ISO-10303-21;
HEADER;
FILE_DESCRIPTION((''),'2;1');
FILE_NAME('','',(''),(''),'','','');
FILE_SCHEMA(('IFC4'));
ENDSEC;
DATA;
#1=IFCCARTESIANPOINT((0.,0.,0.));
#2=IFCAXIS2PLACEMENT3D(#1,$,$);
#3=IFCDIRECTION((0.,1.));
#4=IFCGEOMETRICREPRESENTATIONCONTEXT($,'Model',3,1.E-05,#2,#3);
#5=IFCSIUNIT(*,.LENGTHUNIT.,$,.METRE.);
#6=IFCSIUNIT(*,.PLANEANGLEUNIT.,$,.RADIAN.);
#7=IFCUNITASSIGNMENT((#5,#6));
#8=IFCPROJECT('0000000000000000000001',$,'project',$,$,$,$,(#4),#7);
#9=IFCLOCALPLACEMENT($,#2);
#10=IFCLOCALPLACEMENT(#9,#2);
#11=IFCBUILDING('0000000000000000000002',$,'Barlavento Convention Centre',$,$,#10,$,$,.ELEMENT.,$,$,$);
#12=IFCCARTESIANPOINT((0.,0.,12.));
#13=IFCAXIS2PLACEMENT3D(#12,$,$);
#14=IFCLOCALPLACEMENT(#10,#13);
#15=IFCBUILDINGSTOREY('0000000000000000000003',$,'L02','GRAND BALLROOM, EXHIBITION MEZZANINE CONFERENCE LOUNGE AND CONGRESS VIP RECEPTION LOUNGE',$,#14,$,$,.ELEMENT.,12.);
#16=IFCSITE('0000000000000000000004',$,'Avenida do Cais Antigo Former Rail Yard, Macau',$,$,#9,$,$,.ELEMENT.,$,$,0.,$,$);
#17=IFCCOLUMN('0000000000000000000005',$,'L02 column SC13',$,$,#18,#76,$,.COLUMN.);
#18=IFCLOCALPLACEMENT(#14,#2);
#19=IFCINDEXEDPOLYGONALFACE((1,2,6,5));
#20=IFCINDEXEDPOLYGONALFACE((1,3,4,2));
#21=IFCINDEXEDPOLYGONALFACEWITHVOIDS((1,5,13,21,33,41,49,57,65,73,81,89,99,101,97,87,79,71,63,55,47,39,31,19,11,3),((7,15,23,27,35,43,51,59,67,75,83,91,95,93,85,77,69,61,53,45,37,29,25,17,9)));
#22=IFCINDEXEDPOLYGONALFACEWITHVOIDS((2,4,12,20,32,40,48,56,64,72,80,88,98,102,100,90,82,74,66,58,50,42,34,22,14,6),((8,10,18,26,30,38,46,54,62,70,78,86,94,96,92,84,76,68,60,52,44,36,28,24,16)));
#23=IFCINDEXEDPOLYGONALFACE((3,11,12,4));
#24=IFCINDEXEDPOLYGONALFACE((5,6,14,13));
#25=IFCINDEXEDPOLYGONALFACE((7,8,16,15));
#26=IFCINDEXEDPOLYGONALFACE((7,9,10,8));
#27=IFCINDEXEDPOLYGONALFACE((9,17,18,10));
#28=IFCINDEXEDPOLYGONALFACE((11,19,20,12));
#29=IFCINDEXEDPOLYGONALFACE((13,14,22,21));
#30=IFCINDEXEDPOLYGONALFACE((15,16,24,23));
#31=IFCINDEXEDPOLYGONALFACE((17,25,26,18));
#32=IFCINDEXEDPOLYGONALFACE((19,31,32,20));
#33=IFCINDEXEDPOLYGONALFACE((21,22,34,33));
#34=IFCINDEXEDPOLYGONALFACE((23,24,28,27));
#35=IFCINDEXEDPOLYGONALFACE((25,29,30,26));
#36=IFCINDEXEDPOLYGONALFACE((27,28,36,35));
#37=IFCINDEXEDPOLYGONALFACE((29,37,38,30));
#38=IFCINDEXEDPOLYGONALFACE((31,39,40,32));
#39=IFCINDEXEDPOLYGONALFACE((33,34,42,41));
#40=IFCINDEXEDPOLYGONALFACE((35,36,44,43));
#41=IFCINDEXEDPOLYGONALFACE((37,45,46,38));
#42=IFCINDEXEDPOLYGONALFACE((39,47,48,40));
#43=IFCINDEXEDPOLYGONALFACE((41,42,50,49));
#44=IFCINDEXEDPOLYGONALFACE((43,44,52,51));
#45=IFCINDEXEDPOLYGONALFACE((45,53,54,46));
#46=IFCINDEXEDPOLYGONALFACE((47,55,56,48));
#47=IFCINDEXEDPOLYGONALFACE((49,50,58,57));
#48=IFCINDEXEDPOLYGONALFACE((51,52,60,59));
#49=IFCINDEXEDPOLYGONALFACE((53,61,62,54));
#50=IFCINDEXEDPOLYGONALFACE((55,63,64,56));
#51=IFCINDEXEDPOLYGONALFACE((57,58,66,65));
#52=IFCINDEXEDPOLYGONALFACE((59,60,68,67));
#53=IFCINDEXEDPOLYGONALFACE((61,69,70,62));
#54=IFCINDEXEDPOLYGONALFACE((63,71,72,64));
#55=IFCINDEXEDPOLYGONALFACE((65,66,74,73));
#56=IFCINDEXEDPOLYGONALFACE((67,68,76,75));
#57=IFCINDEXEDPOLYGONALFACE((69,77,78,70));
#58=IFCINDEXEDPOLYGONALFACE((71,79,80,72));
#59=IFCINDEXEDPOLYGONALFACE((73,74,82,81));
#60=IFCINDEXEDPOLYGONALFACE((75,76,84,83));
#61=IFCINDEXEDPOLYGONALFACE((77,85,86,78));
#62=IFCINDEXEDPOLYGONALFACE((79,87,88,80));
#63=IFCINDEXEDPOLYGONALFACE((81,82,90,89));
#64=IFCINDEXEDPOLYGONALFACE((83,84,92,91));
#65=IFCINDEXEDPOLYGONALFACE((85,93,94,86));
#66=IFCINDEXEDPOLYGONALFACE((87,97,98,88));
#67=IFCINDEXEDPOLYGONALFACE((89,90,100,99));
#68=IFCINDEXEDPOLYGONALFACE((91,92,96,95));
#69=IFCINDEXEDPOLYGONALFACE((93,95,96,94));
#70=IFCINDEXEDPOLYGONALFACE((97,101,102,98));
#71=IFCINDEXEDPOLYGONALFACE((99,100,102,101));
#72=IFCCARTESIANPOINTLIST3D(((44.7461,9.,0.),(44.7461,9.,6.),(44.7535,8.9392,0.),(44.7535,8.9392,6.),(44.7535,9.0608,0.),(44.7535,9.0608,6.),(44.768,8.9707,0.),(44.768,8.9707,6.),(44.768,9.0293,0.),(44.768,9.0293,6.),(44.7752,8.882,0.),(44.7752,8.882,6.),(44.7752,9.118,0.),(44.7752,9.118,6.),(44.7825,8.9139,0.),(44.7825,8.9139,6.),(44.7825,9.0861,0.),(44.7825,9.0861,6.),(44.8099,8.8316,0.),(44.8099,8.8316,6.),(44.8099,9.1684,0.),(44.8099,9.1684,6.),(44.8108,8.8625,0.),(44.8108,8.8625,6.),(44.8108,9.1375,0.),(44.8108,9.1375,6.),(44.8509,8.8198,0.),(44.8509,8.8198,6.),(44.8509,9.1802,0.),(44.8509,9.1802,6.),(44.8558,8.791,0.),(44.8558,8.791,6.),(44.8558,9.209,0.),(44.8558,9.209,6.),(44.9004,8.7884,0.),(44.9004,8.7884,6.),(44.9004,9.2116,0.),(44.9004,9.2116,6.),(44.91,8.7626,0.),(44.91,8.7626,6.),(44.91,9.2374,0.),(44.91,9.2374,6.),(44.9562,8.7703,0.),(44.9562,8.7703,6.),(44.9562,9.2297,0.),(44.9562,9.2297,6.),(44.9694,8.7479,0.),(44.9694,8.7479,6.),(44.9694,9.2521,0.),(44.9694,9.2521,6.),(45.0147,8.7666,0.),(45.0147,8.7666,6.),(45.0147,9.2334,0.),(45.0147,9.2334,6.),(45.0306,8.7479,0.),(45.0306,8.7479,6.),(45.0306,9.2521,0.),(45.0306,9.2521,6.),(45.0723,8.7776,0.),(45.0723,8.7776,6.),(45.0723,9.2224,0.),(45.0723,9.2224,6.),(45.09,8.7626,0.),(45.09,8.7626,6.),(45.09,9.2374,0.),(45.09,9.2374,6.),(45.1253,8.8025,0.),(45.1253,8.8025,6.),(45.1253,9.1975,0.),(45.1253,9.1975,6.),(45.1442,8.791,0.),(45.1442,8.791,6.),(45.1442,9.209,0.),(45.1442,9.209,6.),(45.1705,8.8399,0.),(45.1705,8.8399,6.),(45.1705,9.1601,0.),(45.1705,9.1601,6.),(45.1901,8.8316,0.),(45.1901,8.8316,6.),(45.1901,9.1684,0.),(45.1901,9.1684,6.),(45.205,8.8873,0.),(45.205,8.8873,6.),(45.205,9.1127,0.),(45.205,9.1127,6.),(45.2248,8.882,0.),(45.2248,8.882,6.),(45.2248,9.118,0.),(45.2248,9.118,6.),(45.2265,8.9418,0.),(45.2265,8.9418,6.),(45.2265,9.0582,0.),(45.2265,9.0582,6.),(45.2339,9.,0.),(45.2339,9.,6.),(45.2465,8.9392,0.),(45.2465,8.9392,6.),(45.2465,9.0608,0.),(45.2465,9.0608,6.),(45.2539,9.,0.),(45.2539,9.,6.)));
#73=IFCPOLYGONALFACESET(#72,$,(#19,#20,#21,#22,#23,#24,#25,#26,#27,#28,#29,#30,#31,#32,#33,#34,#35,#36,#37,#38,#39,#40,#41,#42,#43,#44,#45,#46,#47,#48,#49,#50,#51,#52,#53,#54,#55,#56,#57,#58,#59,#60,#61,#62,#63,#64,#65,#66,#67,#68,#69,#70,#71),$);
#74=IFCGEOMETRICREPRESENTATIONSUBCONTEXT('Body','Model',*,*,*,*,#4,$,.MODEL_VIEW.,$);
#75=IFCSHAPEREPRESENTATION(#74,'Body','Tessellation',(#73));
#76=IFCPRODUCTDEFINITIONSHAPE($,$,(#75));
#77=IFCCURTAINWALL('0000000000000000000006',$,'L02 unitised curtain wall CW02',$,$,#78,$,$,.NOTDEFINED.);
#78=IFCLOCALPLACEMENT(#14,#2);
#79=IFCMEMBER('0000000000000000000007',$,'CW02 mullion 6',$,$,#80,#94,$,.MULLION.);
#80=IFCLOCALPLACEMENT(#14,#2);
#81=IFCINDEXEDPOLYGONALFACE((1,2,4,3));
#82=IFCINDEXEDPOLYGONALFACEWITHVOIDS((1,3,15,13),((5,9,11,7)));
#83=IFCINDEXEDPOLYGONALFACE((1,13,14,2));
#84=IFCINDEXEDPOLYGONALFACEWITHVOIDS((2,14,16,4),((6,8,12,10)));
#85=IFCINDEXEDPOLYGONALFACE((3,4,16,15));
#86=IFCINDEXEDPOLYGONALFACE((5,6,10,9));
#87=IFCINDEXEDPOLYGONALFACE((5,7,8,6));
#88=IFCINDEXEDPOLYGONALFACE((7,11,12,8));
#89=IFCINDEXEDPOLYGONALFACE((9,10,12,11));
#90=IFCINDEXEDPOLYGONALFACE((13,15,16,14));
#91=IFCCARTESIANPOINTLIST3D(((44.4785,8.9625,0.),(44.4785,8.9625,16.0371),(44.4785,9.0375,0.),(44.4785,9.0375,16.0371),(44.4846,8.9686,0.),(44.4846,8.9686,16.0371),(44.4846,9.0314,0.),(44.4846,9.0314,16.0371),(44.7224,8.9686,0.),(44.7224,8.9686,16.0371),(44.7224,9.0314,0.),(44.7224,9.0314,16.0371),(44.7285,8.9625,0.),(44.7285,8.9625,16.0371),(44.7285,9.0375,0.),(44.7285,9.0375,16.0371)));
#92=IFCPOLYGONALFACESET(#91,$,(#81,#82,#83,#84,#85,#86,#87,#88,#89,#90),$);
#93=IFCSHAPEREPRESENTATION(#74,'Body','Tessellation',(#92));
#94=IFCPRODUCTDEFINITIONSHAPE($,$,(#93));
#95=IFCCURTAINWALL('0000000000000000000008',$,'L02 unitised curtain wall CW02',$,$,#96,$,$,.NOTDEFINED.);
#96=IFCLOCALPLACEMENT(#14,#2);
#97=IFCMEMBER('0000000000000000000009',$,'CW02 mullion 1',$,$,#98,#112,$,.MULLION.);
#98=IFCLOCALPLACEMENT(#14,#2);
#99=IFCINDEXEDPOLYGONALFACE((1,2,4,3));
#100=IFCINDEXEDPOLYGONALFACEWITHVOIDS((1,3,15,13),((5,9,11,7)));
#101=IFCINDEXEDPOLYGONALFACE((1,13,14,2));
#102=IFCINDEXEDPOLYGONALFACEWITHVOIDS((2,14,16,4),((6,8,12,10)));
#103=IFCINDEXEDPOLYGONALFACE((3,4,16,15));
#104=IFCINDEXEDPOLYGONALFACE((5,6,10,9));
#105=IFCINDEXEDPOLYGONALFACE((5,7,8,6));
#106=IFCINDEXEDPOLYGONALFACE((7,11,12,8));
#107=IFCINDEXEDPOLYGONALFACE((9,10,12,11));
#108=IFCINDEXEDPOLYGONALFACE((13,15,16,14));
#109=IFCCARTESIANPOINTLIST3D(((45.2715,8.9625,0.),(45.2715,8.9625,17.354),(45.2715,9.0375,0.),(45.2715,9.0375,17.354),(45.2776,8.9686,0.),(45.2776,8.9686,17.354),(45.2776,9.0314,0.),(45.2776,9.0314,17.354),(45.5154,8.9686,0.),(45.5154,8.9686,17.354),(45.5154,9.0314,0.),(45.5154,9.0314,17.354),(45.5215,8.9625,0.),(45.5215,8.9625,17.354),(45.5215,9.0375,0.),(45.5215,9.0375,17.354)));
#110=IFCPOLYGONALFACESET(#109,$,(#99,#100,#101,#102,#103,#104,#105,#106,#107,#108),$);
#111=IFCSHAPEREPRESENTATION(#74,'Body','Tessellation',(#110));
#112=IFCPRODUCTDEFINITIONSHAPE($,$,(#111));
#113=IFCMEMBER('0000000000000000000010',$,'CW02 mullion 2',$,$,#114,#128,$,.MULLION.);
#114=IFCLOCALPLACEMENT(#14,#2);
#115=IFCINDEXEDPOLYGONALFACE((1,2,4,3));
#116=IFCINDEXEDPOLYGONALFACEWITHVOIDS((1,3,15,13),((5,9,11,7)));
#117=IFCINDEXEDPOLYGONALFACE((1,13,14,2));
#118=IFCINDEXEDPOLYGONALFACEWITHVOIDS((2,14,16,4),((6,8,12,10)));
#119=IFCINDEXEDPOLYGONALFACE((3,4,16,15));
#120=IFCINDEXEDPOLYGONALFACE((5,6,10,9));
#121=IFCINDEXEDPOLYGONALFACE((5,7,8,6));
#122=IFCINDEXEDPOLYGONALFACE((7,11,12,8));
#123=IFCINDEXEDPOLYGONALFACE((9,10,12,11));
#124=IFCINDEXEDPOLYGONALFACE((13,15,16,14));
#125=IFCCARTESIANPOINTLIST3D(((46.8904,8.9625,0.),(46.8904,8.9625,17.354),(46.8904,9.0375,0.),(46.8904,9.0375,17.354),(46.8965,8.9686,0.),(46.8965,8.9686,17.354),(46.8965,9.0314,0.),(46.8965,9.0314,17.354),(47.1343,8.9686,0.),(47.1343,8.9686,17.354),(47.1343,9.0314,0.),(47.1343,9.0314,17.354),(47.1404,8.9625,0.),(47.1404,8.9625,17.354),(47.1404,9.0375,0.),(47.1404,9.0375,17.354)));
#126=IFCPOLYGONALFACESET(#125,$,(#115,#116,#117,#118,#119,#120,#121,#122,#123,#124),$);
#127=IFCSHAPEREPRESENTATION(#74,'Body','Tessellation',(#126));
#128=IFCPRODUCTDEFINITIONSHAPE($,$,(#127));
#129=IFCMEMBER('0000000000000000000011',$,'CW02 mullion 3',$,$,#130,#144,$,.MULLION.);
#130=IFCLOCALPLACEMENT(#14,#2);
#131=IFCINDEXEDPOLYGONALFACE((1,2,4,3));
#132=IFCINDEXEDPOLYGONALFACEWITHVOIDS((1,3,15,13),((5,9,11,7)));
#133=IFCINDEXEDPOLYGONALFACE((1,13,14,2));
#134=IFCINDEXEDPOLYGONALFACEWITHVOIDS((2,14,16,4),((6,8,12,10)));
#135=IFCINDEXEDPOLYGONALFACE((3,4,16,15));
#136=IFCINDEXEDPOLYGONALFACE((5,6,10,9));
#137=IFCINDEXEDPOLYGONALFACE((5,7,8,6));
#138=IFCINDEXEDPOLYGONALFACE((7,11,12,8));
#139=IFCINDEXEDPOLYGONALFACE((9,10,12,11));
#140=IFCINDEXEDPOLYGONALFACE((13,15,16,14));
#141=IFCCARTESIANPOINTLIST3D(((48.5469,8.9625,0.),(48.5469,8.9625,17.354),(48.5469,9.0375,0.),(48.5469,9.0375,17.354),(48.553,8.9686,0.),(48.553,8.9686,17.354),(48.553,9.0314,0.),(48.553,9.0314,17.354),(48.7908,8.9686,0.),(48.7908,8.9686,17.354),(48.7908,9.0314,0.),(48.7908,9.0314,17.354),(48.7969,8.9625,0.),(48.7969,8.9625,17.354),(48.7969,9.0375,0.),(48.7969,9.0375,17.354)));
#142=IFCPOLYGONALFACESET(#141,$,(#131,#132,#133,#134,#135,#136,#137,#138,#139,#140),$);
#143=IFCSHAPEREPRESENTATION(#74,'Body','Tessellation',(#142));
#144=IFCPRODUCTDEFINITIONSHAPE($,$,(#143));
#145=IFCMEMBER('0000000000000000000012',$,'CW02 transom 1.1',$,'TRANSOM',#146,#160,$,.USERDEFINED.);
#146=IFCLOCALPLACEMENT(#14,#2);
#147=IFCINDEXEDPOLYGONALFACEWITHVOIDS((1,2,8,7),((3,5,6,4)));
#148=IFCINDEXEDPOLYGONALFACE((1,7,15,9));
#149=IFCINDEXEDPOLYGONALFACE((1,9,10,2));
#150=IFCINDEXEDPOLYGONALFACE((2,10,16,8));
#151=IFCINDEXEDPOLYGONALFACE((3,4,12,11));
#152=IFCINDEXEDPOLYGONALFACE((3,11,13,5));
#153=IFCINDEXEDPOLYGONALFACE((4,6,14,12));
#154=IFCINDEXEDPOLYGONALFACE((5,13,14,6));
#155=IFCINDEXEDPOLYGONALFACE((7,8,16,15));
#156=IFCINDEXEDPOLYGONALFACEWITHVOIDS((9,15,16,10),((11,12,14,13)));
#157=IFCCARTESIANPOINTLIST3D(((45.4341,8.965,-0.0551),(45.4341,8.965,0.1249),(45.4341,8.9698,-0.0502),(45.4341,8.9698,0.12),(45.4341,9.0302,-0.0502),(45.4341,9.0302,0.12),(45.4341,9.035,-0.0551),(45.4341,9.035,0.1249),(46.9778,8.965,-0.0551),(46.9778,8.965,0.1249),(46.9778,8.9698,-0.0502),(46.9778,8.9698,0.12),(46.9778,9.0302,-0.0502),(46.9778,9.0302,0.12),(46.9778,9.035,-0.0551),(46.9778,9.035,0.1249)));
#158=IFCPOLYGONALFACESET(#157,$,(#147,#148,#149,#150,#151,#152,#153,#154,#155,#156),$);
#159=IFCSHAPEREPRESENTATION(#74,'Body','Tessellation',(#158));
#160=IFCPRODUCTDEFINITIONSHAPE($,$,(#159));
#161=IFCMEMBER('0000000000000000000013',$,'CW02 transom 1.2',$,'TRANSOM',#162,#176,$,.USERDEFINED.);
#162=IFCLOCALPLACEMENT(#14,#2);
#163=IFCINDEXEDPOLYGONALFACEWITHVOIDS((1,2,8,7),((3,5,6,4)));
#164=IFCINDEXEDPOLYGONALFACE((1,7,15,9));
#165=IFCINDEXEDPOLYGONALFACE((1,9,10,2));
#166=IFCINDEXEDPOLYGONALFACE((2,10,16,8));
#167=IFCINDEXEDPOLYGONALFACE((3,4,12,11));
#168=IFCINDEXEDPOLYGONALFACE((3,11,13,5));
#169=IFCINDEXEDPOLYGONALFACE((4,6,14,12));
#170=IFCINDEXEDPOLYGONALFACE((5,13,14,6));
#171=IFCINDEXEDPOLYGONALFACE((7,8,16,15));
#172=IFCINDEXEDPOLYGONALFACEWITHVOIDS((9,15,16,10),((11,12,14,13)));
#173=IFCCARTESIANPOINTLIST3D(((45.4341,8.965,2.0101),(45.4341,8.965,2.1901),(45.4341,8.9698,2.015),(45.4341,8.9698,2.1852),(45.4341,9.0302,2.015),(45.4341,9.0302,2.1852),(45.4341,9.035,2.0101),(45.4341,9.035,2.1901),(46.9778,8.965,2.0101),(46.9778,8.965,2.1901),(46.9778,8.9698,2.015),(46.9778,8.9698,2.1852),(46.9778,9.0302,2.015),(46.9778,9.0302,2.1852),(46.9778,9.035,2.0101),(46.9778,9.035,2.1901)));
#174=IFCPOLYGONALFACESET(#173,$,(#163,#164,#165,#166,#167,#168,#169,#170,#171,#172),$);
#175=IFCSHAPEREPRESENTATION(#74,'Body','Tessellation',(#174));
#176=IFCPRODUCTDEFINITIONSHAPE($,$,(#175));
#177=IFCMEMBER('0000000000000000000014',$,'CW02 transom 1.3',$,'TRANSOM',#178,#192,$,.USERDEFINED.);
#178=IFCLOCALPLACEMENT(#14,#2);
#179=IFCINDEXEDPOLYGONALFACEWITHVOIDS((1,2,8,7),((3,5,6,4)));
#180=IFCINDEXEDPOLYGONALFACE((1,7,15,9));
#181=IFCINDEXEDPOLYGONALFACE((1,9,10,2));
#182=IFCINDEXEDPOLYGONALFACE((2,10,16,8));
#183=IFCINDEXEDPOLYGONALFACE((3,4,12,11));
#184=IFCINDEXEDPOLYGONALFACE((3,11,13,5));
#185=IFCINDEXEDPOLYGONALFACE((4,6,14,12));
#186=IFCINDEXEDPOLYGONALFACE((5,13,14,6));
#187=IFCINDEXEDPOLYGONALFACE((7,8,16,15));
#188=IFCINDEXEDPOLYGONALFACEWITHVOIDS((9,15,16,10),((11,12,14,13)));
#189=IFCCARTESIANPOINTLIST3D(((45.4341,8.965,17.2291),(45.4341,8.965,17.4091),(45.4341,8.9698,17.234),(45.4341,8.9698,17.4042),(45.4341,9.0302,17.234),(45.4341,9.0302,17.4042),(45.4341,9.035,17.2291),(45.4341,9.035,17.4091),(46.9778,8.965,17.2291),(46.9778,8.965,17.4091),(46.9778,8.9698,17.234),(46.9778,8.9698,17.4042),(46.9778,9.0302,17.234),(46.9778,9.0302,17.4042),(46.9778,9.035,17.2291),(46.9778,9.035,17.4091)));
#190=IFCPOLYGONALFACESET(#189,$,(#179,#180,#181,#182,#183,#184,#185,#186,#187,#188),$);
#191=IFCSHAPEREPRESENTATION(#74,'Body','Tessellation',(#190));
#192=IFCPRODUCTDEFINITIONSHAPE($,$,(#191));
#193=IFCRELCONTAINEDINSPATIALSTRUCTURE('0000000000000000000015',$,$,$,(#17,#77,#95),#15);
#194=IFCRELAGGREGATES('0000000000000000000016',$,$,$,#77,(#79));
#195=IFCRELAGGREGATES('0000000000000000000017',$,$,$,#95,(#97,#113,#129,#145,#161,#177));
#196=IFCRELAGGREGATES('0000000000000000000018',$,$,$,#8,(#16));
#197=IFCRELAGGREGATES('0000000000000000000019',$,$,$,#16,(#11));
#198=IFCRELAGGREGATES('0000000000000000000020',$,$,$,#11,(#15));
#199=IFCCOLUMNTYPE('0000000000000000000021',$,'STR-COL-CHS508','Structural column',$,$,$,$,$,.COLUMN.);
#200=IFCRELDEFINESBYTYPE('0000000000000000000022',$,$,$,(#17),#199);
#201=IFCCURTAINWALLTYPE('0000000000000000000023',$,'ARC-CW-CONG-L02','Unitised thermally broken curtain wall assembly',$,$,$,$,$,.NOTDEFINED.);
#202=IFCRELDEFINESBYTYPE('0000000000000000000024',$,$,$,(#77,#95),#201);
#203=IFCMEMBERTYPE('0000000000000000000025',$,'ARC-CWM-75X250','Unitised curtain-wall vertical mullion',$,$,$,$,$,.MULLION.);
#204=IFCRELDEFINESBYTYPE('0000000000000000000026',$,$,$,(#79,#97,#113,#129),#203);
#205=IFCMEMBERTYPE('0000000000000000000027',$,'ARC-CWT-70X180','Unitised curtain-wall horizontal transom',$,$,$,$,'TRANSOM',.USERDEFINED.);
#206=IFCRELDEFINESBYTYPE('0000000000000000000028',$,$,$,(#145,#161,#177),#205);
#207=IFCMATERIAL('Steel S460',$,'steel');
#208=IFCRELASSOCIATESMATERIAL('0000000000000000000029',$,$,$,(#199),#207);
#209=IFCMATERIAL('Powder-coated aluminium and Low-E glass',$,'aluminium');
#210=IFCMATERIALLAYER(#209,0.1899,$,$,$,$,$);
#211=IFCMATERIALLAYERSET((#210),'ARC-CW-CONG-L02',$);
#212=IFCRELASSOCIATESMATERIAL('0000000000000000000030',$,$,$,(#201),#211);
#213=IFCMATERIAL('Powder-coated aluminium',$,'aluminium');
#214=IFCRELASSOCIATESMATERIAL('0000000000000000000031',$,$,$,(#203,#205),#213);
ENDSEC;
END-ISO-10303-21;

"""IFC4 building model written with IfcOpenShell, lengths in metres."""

from ifc_helpers import new_model, si_unit, direction, frame, origin, origin_2d, place, context, subcontext, project, spatial, hollow_rectangle, hollow_circle, extrude, material, layer, layer_set, material_profile, profile_set, type_object, element, aggregate, save


model = new_model("IFC4")

# Units and contexts
model_context = context("Model", 3, precision=1e-05, world=origin(), true_north=direction((0.0, 1.0)))
body_context = subcontext(model_context, "Body", "Model", "MODEL_VIEW")
ifc_project = project(units=[si_unit("LENGTHUNIT", "METRE"), si_unit("PLANEANGLEUNIT", "RADIAN")], contexts=[model_context])

# Site, building, storey
site_placement = place(None, origin())
site = spatial("IfcSite", under=ifc_project, at=site_placement, Name="Avenida do Cais Antigo Former Rail Yard, Macau", CompositionType="ELEMENT", RefElevation=0.0)
building_placement = place(site_placement, origin())
building = spatial("IfcBuilding", under=site, at=building_placement, Name="Barlavento Convention Centre", CompositionType="ELEMENT")
storey_placement = place(building_placement, frame((0.0, 0.0, 12.0)))
storey = spatial("IfcBuildingStorey", under=building, at=storey_placement, Name="L02", Description="GRAND BALLROOM, EXHIBITION MEZZANINE CONFERENCE LOUNGE AND CONGRESS VIP RECEPTION LOUNGE", CompositionType="ELEMENT", Elevation=12.0)

# Column
ifc_material_1 = material(Name="Steel S460", Category="steel")
ifc_material_profile_1 = material_profile(ifc_material_1, hollow_circle(Radius=0.2539, WallThickness=0.02, at=origin_2d()), Name="CHS 508.0x20.0")
ifc_profile_set_1 = profile_set([ifc_material_profile_1], Name="Steel S460")
column_type = type_object("IfcColumnType", Name="STR-COL-CHS508", Description="Structural column", PredefinedType="COLUMN", material=ifc_profile_set_1)
column_placement = place(storey_placement, frame((45.0, 9.0, 0.0), z_axis=(0.0, 0.0, 1.0), x_axis=(1.0, 0.0, 0.0)))
element("IfcColumn", 1, at=column_placement, inside=storey, type_object=column_type, Name="L02 column SC13", PredefinedType="COLUMN", context=body_context, shape_type="SweptSolid", body=[
    extrude(hollow_circle(Radius=0.2539, WallThickness=0.02, at=origin_2d()), origin(), (0.0, 0.0, 1.0), 6.0),
])

# Curtain wall, member
ifc_material_2 = material(Name="Powder-coated aluminium and Low-E glass", Category="aluminium")
ifc_layer_1 = layer(ifc_material_2, 0.1899)
ifc_layer_set_1 = layer_set([ifc_layer_1], Name="ARC-CW-CONG-L02")
curtain_wall_type = type_object("IfcCurtainWallType", Name="ARC-CW-CONG-L02", Description="Unitised thermally broken curtain wall assembly", PredefinedType="NOTDEFINED", material=ifc_layer_set_1)
curtain_wall_1_placement = place(storey_placement, origin())
curtain_wall_1 = element("IfcCurtainWall", 2, at=curtain_wall_1_placement, inside=storey, type_object=curtain_wall_type, Name="L02 unitised curtain wall CW02", PredefinedType="NOTDEFINED")
ifc_material_3 = material(Name="Powder-coated aluminium", Category="aluminium")
ifc_material_profile_2 = material_profile(ifc_material_3, hollow_rectangle(XDim=0.075, YDim=0.25, WallThickness=0.0061, at=origin_2d()), Name="AL-MULL 75x250x6")
ifc_profile_set_2 = profile_set([ifc_material_profile_2], Name="Powder-coated aluminium")
member_type_1 = type_object("IfcMemberType", Name="ARC-CWM-75X250", Description="Unitised curtain-wall vertical mullion", PredefinedType="MULLION", material=ifc_profile_set_2)
member_1_placement = place(storey_placement, frame((44.6035, 9.0, 0.0), z_axis=(0.0, 0.0, 1.0), x_axis=(0.0, 1.0, 0.0)))
member_1 = element("IfcMember", 3, at=member_1_placement, type_object=member_type_1, Name="CW02 mullion 6", PredefinedType="MULLION", context=body_context, shape_type="SweptSolid", body=[
    extrude(hollow_rectangle(XDim=0.075, YDim=0.25, WallThickness=0.0061, at=origin_2d()), origin(), (0.0, 0.0, 1.0), 16.0371),
])

# Curtain wall, members
curtain_wall_2_placement = place(storey_placement, origin())
curtain_wall_2 = element("IfcCurtainWall", 4, at=curtain_wall_2_placement, inside=storey, type_object=curtain_wall_type, Name="L02 unitised curtain wall CW02", PredefinedType="NOTDEFINED")
member_2_placement = place(storey_placement, frame((45.3965, 9.0, 0.0), z_axis=(0.0, 0.0, 1.0), x_axis=(0.0, 1.0, 0.0)))
member_2 = element("IfcMember", 5, at=member_2_placement, type_object=member_type_1, Name="CW02 mullion 1", PredefinedType="MULLION", context=body_context, shape_type="SweptSolid", body=[
    extrude(hollow_rectangle(XDim=0.075, YDim=0.25, WallThickness=0.0061, at=origin_2d()), origin(), (0.0, 0.0, 1.0), 17.354),
])
member_3_placement = place(storey_placement, frame((47.0154, 9.0, 0.0), z_axis=(0.0, 0.0, 1.0), x_axis=(0.0, 1.0, 0.0)))
member_3 = element("IfcMember", 6, at=member_3_placement, type_object=member_type_1, Name="CW02 mullion 2", PredefinedType="MULLION", context=body_context, shape_type="SweptSolid", body=[
    extrude(hollow_rectangle(XDim=0.075, YDim=0.25, WallThickness=0.0061, at=origin_2d()), origin(), (0.0, 0.0, 1.0), 17.354),
])
member_4_placement = place(storey_placement, frame((48.6719, 9.0, 0.0), z_axis=(0.0, 0.0, 1.0), x_axis=(0.0, 1.0, 0.0)))
member_4 = element("IfcMember", 7, at=member_4_placement, type_object=member_type_1, Name="CW02 mullion 3", PredefinedType="MULLION", context=body_context, shape_type="SweptSolid", body=[
    extrude(hollow_rectangle(XDim=0.075, YDim=0.25, WallThickness=0.0061, at=origin_2d()), origin(), (0.0, 0.0, 1.0), 17.354),
])
ifc_material_profile_3 = material_profile(ifc_material_3, hollow_rectangle(XDim=0.0701, YDim=0.1799, WallThickness=0.0049, at=origin_2d()), Name="AL-TRAN 70x180x5")
ifc_profile_set_3 = profile_set([ifc_material_profile_3], Name="Powder-coated aluminium")
member_type_2 = type_object("IfcMemberType", Name="ARC-CWT-70X180", Description="Unitised curtain-wall horizontal transom", ElementType="TRANSOM", PredefinedType="USERDEFINED", material=ifc_profile_set_3)
member_5_placement = place(storey_placement, frame((45.4341, 9.0, 0.0349), z_axis=(1.0, 0.0, 0.0), x_axis=(0.0, 1.0, 0.0)))
member_5 = element("IfcMember", 8, at=member_5_placement, type_object=member_type_2, Name="CW02 transom 1.1", ObjectType="TRANSOM", PredefinedType="USERDEFINED", context=body_context, shape_type="SweptSolid", body=[
    extrude(hollow_rectangle(XDim=0.0701, YDim=0.1799, WallThickness=0.0049, at=origin_2d()), origin(), (0.0, 0.0, 1.0), 1.5437),
])
member_6_placement = place(storey_placement, frame((45.4341, 9.0, 2.1001), z_axis=(1.0, 0.0, 0.0), x_axis=(0.0, 1.0, 0.0)))
member_6 = element("IfcMember", 9, at=member_6_placement, type_object=member_type_2, Name="CW02 transom 1.2", ObjectType="TRANSOM", PredefinedType="USERDEFINED", context=body_context, shape_type="SweptSolid", body=[
    extrude(hollow_rectangle(XDim=0.0701, YDim=0.1799, WallThickness=0.0049, at=origin_2d()), origin(), (0.0, 0.0, 1.0), 1.5437),
])
member_7_placement = place(storey_placement, frame((45.4341, 9.0, 17.3191), z_axis=(1.0, 0.0, 0.0), x_axis=(0.0, 1.0, 0.0)))
member_7 = element("IfcMember", 10, at=member_7_placement, type_object=member_type_2, Name="CW02 transom 1.3", ObjectType="TRANSOM", PredefinedType="USERDEFINED", context=body_context, shape_type="SweptSolid", body=[
    extrude(hollow_rectangle(XDim=0.0701, YDim=0.1799, WallThickness=0.0049, at=origin_2d()), origin(), (0.0, 0.0, 1.0), 1.5437),
])

aggregate(curtain_wall_1, [member_1])
aggregate(curtain_wall_2, [member_2, member_3, member_4, member_5, member_6, member_7])

save(model, "model.ifc")
